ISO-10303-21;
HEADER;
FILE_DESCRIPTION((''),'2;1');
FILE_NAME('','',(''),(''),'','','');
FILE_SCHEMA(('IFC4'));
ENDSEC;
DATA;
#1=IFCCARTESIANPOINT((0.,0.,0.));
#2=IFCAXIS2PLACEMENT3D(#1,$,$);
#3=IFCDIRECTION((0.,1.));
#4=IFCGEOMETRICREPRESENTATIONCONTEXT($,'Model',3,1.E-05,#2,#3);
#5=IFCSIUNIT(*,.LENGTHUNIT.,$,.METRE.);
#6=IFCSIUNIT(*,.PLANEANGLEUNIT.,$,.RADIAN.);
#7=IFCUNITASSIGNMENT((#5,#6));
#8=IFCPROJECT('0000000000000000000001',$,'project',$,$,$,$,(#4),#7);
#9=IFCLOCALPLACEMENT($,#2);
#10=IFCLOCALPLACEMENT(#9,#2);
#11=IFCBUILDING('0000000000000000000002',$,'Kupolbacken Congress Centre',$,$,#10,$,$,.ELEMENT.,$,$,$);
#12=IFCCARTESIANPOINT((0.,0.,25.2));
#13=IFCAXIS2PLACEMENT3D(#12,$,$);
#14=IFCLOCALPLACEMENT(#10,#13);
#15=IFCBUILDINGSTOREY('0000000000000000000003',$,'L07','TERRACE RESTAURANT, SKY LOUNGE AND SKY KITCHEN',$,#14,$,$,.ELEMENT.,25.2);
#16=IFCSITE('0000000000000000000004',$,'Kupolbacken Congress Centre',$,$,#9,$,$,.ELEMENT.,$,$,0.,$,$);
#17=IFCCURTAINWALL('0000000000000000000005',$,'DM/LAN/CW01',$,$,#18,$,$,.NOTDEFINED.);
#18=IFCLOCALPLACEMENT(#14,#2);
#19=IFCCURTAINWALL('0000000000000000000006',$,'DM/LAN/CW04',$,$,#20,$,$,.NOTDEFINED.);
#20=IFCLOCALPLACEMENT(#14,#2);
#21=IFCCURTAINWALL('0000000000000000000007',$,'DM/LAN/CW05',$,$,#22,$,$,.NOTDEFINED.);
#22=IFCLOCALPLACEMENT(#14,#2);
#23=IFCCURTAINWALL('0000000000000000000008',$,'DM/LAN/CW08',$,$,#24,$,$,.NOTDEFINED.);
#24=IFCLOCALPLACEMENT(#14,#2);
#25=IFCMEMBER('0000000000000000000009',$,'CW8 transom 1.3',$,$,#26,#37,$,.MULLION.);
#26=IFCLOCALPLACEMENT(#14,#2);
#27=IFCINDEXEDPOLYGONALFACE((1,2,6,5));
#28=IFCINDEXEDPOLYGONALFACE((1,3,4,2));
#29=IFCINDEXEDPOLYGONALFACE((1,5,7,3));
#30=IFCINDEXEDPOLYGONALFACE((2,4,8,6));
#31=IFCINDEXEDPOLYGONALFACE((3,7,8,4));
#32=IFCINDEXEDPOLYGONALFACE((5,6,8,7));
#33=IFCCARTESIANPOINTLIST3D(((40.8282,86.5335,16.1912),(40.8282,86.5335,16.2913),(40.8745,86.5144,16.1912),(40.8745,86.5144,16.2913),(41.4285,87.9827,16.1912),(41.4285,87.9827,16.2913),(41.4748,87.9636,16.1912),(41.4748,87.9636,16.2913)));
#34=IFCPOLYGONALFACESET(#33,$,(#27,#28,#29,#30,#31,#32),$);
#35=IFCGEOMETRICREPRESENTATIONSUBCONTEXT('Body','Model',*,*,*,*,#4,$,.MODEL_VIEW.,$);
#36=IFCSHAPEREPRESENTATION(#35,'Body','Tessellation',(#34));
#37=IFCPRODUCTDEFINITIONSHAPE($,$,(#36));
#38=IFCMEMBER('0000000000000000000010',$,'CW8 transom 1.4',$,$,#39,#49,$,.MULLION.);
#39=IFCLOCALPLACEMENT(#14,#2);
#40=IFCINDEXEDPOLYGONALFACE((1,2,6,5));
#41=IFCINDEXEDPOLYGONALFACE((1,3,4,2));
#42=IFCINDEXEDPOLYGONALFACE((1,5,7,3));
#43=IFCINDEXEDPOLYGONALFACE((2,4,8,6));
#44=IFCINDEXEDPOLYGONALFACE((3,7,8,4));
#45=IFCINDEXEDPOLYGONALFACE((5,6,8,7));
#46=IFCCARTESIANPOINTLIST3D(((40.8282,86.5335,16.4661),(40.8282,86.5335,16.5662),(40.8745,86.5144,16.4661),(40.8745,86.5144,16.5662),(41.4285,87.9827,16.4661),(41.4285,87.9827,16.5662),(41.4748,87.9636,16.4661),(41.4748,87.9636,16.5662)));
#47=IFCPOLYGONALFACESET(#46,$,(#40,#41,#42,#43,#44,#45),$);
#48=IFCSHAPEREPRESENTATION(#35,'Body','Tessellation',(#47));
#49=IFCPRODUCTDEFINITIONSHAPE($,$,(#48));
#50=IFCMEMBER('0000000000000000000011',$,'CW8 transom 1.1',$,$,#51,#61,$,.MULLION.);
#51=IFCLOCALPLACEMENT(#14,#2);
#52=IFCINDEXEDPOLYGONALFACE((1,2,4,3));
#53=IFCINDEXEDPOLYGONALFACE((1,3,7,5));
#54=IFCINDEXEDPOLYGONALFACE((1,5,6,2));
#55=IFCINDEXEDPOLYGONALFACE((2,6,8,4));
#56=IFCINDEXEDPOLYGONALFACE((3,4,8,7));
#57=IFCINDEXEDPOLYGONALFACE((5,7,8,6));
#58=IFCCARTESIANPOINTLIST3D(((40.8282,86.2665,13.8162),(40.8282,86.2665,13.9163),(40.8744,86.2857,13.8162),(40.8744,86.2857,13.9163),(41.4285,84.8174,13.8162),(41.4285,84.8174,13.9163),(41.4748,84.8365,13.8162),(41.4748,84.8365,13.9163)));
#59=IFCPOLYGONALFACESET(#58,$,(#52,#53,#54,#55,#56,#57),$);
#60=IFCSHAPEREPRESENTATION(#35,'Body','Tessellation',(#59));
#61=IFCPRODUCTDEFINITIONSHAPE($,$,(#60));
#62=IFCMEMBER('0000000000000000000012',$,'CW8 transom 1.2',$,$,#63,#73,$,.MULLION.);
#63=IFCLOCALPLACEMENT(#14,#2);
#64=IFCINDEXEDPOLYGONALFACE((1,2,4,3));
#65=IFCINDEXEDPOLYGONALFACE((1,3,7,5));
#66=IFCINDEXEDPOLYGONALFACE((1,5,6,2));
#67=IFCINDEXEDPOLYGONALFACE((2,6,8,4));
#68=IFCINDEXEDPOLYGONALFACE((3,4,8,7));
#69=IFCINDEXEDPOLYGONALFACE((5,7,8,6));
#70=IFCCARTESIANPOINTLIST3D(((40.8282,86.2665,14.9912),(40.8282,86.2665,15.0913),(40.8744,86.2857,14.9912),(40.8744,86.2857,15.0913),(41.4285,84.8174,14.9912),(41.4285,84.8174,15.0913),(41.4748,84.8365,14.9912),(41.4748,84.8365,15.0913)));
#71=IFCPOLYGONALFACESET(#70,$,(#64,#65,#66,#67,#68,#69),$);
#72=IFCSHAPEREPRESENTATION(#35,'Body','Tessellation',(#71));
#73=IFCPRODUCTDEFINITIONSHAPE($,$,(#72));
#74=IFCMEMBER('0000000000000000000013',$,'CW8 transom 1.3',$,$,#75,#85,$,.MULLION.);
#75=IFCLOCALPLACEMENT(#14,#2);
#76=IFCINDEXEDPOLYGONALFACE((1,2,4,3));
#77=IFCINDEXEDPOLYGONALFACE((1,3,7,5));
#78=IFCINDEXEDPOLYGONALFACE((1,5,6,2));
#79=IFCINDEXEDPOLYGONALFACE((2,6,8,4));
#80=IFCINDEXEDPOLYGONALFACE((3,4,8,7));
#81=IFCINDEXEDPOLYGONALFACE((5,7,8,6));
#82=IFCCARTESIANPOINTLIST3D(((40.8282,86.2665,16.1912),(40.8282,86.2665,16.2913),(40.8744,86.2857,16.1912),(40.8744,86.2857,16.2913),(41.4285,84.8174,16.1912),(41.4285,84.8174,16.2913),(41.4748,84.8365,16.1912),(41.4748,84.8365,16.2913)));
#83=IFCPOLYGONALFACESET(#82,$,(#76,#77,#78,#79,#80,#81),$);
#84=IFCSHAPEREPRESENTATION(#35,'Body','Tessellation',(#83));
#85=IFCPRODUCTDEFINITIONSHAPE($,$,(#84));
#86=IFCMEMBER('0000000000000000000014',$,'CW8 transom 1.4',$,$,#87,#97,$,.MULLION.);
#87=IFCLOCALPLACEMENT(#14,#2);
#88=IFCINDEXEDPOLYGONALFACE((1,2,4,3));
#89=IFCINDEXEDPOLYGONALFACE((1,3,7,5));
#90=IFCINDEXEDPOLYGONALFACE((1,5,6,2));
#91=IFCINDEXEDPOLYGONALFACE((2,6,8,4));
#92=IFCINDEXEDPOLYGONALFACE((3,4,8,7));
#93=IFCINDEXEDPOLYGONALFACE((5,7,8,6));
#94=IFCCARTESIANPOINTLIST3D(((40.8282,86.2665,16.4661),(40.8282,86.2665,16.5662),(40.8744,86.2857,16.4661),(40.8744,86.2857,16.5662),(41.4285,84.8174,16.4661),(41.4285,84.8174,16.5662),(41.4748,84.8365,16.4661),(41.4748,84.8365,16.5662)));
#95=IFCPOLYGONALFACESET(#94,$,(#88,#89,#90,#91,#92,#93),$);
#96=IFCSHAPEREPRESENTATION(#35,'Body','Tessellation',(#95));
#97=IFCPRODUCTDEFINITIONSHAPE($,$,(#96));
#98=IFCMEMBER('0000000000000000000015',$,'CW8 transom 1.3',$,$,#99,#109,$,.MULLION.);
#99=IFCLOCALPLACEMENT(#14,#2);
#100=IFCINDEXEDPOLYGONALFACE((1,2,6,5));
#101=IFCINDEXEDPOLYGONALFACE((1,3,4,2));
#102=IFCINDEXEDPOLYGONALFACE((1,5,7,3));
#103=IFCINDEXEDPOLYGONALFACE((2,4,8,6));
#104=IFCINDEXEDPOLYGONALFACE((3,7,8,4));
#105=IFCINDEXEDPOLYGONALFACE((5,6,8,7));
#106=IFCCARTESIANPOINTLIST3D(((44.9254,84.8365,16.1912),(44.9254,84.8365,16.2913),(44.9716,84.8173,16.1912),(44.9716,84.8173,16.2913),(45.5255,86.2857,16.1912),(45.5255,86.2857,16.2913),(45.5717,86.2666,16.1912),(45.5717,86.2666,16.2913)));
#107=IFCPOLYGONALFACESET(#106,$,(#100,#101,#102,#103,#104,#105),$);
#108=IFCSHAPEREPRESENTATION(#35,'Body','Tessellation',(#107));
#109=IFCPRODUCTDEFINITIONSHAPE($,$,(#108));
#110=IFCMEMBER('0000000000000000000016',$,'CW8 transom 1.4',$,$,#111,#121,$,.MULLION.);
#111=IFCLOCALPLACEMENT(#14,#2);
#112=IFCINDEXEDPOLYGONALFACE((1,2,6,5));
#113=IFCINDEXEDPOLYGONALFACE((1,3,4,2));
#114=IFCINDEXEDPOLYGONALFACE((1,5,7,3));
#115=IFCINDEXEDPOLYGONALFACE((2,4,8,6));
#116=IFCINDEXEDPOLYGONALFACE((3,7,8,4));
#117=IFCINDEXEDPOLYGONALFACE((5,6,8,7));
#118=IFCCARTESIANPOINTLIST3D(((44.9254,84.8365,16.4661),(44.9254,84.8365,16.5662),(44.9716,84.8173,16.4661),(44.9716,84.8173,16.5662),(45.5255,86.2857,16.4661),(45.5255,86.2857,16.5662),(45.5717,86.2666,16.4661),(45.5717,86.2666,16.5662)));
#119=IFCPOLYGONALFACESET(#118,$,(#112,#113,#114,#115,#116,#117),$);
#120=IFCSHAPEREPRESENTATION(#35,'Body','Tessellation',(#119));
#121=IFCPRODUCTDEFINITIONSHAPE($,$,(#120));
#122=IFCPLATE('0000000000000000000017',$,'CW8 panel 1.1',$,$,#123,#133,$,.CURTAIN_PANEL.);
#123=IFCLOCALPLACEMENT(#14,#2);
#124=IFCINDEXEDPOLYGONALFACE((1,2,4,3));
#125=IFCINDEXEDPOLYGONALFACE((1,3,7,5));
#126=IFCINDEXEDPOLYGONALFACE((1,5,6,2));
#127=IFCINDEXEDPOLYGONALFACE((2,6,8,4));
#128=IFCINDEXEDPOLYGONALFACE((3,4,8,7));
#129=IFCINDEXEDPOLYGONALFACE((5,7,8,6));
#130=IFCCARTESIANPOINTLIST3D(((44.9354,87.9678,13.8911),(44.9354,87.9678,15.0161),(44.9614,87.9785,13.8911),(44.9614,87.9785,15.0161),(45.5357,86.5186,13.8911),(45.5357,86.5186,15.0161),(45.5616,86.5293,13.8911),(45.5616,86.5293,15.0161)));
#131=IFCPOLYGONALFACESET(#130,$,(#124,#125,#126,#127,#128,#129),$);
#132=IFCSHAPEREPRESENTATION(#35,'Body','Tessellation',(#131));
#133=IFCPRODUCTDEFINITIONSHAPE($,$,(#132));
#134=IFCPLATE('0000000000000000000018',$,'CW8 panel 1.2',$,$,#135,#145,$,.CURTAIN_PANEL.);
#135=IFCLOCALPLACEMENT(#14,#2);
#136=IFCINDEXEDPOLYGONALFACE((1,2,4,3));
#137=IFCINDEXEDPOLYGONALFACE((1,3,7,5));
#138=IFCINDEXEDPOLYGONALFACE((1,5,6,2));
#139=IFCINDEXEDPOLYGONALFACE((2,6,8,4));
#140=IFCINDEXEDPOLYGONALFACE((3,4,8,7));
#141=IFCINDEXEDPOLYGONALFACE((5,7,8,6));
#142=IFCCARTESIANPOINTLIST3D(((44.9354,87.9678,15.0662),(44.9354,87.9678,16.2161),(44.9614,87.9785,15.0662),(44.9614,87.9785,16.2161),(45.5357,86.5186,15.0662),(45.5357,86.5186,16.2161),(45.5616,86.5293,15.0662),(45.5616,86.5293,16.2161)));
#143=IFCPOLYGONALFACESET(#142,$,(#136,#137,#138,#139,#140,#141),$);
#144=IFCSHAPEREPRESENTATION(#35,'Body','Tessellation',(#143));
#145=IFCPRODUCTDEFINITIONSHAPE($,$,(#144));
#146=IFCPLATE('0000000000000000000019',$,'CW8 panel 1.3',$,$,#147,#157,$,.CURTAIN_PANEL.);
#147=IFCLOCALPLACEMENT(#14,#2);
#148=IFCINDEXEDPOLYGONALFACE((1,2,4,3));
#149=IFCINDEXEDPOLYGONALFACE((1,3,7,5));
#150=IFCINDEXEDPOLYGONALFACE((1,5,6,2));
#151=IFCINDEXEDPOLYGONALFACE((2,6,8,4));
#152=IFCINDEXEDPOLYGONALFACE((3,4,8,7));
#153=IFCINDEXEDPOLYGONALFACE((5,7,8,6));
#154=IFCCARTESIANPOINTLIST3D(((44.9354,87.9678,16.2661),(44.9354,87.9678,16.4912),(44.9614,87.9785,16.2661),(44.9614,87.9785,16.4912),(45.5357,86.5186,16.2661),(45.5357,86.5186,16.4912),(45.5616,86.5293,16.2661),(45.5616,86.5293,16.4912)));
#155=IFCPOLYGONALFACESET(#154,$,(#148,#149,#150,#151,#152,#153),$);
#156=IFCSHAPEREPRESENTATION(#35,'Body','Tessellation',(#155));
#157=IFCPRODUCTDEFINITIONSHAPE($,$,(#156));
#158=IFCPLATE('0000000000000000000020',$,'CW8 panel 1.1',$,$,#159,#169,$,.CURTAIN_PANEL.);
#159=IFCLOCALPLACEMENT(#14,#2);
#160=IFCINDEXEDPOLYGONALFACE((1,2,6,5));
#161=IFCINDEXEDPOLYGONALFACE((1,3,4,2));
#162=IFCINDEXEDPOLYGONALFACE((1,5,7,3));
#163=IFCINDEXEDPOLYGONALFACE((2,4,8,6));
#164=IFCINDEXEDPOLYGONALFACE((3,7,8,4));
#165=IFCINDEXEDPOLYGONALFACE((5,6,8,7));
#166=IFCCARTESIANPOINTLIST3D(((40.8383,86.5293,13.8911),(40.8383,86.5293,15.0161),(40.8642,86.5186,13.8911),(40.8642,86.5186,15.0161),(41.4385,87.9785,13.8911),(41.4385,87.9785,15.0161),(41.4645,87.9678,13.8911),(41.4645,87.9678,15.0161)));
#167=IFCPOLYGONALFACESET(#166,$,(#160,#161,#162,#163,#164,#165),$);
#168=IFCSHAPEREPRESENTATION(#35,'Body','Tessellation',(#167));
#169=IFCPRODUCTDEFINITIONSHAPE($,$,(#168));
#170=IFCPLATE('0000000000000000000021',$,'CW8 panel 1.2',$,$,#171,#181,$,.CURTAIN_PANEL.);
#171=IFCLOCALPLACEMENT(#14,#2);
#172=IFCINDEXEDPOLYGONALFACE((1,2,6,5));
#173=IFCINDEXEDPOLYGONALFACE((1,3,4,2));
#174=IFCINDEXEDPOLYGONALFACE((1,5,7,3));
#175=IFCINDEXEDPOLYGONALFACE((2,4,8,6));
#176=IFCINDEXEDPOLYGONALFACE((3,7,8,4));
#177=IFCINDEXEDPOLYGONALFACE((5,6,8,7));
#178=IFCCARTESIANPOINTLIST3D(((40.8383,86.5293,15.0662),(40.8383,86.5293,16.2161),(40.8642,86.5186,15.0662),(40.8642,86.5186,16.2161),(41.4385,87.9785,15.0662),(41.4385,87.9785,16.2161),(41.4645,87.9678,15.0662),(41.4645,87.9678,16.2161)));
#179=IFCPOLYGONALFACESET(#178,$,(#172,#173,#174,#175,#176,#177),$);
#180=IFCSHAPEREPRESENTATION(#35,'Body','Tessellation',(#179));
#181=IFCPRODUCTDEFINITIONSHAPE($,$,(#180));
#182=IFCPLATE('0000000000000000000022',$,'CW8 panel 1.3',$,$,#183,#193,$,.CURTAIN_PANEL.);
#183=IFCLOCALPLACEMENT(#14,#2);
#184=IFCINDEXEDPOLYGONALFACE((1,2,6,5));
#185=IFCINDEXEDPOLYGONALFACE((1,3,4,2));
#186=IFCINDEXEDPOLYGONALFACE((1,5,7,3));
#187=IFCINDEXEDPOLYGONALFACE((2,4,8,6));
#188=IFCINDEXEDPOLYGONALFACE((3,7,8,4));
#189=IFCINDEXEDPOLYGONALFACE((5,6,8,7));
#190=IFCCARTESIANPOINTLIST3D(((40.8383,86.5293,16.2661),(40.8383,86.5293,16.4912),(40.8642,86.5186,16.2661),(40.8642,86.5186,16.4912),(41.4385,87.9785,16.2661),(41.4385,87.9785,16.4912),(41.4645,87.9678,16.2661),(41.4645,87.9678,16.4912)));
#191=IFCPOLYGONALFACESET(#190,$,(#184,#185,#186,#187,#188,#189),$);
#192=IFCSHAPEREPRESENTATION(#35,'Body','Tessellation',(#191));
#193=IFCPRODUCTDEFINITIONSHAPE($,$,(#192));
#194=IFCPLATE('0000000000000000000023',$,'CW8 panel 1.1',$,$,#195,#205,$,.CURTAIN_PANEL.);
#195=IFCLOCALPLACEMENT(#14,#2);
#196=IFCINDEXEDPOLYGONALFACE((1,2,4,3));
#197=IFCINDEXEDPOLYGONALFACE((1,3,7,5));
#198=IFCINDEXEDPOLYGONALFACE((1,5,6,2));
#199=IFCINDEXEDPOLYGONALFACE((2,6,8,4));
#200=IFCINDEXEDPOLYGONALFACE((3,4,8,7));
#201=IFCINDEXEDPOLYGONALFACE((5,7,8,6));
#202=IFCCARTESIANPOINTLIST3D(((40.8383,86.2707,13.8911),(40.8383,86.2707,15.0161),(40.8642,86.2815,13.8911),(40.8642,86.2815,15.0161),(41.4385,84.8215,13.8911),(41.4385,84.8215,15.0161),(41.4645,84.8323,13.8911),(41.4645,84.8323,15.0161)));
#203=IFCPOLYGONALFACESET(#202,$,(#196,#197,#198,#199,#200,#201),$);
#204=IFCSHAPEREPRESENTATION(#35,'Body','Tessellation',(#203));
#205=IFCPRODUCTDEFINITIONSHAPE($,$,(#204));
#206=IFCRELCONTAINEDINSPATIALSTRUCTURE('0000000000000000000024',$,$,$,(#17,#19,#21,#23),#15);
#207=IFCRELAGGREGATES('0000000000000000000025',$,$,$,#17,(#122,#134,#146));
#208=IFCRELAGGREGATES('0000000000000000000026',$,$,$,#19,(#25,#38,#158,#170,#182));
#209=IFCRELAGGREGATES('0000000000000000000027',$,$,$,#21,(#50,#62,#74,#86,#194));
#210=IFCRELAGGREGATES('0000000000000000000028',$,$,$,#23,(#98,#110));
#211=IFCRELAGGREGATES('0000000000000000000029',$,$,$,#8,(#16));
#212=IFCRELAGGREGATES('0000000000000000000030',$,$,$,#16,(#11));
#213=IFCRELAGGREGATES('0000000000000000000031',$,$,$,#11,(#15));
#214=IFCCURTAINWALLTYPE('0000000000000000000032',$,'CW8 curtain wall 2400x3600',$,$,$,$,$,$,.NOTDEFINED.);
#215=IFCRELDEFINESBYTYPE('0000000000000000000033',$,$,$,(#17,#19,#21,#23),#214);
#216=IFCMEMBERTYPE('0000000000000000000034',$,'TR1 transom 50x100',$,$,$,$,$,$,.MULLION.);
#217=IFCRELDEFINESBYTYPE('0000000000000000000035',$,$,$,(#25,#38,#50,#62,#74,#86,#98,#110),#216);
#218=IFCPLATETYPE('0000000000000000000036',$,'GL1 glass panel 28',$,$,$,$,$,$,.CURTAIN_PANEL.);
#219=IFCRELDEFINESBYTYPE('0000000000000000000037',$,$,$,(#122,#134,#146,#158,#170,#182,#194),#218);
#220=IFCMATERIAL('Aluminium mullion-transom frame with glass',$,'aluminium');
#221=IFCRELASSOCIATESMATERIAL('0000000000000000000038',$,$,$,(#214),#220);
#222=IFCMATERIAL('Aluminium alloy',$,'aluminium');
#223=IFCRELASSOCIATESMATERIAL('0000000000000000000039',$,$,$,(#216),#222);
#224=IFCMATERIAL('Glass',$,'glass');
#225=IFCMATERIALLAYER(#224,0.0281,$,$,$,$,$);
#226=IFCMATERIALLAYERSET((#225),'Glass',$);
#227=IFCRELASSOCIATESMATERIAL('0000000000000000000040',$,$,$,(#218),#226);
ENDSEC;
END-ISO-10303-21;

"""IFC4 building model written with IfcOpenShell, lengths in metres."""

from ifc_helpers import new_model, si_unit, direction, frame, origin, origin_2d, place, context, subcontext, project, spatial, rectangle, extrude, material, layer, layer_set, material_profile, profile_set, type_object, element, aggregate, save


model = new_model("IFC4")

# Units and contexts
model_context = context("Model", 3, precision=1e-05, world=origin(), true_north=direction((0.0, 1.0)))
body_context = subcontext(model_context, "Body", "Model", "MODEL_VIEW")
ifc_project = project(units=[si_unit("LENGTHUNIT", "METRE"), si_unit("PLANEANGLEUNIT", "RADIAN")], contexts=[model_context])

# Site, building, storey
site_placement = place(None, origin())
site = spatial("IfcSite", under=ifc_project, at=site_placement, Name="Kupolbacken Congress Centre", CompositionType="ELEMENT", RefElevation=0.0)
building_placement = place(site_placement, origin())
building = spatial("IfcBuilding", under=site, at=building_placement, Name="Kupolbacken Congress Centre", CompositionType="ELEMENT")
storey_placement = place(building_placement, frame((0.0, 0.0, 25.2)))
storey = spatial("IfcBuildingStorey", under=building, at=storey_placement, Name="L07", Description="TERRACE RESTAURANT, SKY LOUNGE AND SKY KITCHEN", CompositionType="ELEMENT", Elevation=25.2)

# Curtain wall
ifc_material_1 = material(Name="Aluminium mullion-transom frame with glass", Category="aluminium")
curtain_wall_type = type_object("IfcCurtainWallType", Name="CW8 curtain wall 2400x3600", PredefinedType="NOTDEFINED", material=ifc_material_1)
curtain_wall_1_placement = place(storey_placement, origin())
curtain_wall_1 = element("IfcCurtainWall", 1, at=curtain_wall_1_placement, inside=storey, type_object=curtain_wall_type, Name="DM/LAN/CW01", PredefinedType="NOTDEFINED")

# Curtain wall
curtain_wall_2_placement = place(storey_placement, origin())
curtain_wall_2 = element("IfcCurtainWall", 2, at=curtain_wall_2_placement, inside=storey, type_object=curtain_wall_type, Name="DM/LAN/CW04", PredefinedType="NOTDEFINED")

# Curtain walls
curtain_wall_3_placement = place(storey_placement, origin())
curtain_wall_3 = element("IfcCurtainWall", 3, at=curtain_wall_3_placement, inside=storey, type_object=curtain_wall_type, Name="DM/LAN/CW05", PredefinedType="NOTDEFINED")
curtain_wall_4_placement = place(storey_placement, origin())
curtain_wall_4 = element("IfcCurtainWall", 4, at=curtain_wall_4_placement, inside=storey, type_object=curtain_wall_type, Name="DM/LAN/CW08", PredefinedType="NOTDEFINED")

# Members
ifc_material_2 = material(Name="Aluminium alloy", Category="aluminium")
ifc_material_profile_1 = material_profile(ifc_material_2, rectangle(XDim=0.05, YDim=0.1001, at=origin_2d()), Name="50 x 100")
ifc_profile_set_1 = profile_set([ifc_material_profile_1], Name="Aluminium alloy")
member_type_1 = type_object("IfcMemberType", Name="TR1 transom 50x100", PredefinedType="MULLION", material=ifc_profile_set_1)
member_1_placement = place(storey_placement, frame((41.4517, 87.9731, 16.2412), z_axis=(-0.382714, -0.923867, 0.0), x_axis=(0.923867, -0.382714, 0.0)))
member_1 = element("IfcMember", 5, at=member_1_placement, type_object=member_type_1, Name="CW8 transom 1.3", PredefinedType="MULLION", context=body_context, shape_type="SweptSolid", body=[
    extrude(rectangle(XDim=0.05, YDim=0.1001, at=origin_2d()), origin(), (0.0, 0.0, 1.0), 1.5686),
])
member_2_placement = place(storey_placement, frame((41.4517, 87.9731, 16.5161), z_axis=(-0.382714, -0.923867, 0.0), x_axis=(0.923867, -0.382714, 0.0)))
member_2 = element("IfcMember", 6, at=member_2_placement, type_object=member_type_1, Name="CW8 transom 1.4", PredefinedType="MULLION", context=body_context, shape_type="SweptSolid", body=[
    extrude(rectangle(XDim=0.05, YDim=0.1001, at=origin_2d()), origin(), (0.0, 0.0, 1.0), 1.5686),
])
member_3_placement = place(storey_placement, frame((40.8513, 86.2761, 13.8662), z_axis=(0.382714, -0.923867, 0.0), x_axis=(0.923867, 0.382714, 0.0)))
member_3 = element("IfcMember", 7, at=member_3_placement, type_object=member_type_1, Name="CW8 transom 1.1", PredefinedType="MULLION", context=body_context, shape_type="SweptSolid", body=[
    extrude(rectangle(XDim=0.05, YDim=0.1001, at=origin_2d()), origin(), (0.0, 0.0, 1.0), 1.5686),
])
member_4_placement = place(storey_placement, frame((40.8513, 86.2761, 15.0413), z_axis=(0.382714, -0.923867, 0.0), x_axis=(0.923867, 0.382714, 0.0)))
member_4 = element("IfcMember", 8, at=member_4_placement, type_object=member_type_1, Name="CW8 transom 1.2", PredefinedType="MULLION", context=body_context, shape_type="SweptSolid", body=[
    extrude(rectangle(XDim=0.05, YDim=0.1001, at=origin_2d()), origin(), (0.0, 0.0, 1.0), 1.5686),
])
member_5_placement = place(storey_placement, frame((40.8513, 86.2761, 16.2412), z_axis=(0.382714, -0.923867, 0.0), x_axis=(0.923867, 0.382714, 0.0)))
member_5 = element("IfcMember", 9, at=member_5_placement, type_object=member_type_1, Name="CW8 transom 1.3", PredefinedType="MULLION", context=body_context, shape_type="SweptSolid", body=[
    extrude(rectangle(XDim=0.05, YDim=0.1001, at=origin_2d()), origin(), (0.0, 0.0, 1.0), 1.5686),
])
member_6_placement = place(storey_placement, frame((40.8513, 86.2761, 16.5161), z_axis=(0.382714, -0.923867, 0.0), x_axis=(0.923867, 0.382714, 0.0)))
member_6 = element("IfcMember", 10, at=member_6_placement, type_object=member_type_1, Name="CW8 transom 1.4", PredefinedType="MULLION", context=body_context, shape_type="SweptSolid", body=[
    extrude(rectangle(XDim=0.05, YDim=0.1001, at=origin_2d()), origin(), (0.0, 0.0, 1.0), 1.5686),
])
member_7_placement = place(storey_placement, frame((44.9485, 84.8269, 16.2412), z_axis=(0.382581, 0.923922, 0.0), x_axis=(-0.923922, 0.382581, 0.0)))
member_7 = element("IfcMember", 11, at=member_7_placement, type_object=member_type_1, Name="CW8 transom 1.3", PredefinedType="MULLION", context=body_context, shape_type="SweptSolid", body=[
    extrude(rectangle(XDim=0.05, YDim=0.1001, at=origin_2d()), origin(), (0.0, 0.0, 1.0), 1.5686),
])
member_8_placement = place(storey_placement, frame((44.9485, 84.8269, 16.5161), z_axis=(0.382581, 0.923922, 0.0), x_axis=(-0.923922, 0.382581, 0.0)))
member_8 = element("IfcMember", 12, at=member_8_placement, type_object=member_type_1, Name="CW8 transom 1.4", PredefinedType="MULLION", context=body_context, shape_type="SweptSolid", body=[
    extrude(rectangle(XDim=0.05, YDim=0.1001, at=origin_2d()), origin(), (0.0, 0.0, 1.0), 1.5686),
])

# Plates
ifc_material_3 = material(Name="Glass", Category="glass")
ifc_layer = layer(ifc_material_3, 0.0281)
ifc_layer_set = layer_set([ifc_layer], Name="Glass")
plate_type = type_object("IfcPlateType", Name="GL1 glass panel 28", PredefinedType="CURTAIN_PANEL", material=ifc_layer_set)
plate_1_placement = place(storey_placement, frame((45.2485, 87.2485, 13.8911), z_axis=(0.0, 0.0, 1.0), x_axis=(-0.382683, 0.92388, 0.0)))
plate_1 = element("IfcPlate", 13, at=plate_1_placement, type_object=plate_type, Name="CW8 panel 1.1", PredefinedType="CURTAIN_PANEL", context=body_context, shape_type="SweptSolid", body=[
    extrude(rectangle(XDim=1.5686, YDim=0.0281, at=origin_2d()), origin(), (0.0, 0.0, 1.0), 1.125),
])
plate_2_placement = place(storey_placement, frame((45.2485, 87.2485, 15.0662), z_axis=(0.0, 0.0, 1.0), x_axis=(-0.382683, 0.92388, 0.0)))
plate_2 = element("IfcPlate", 14, at=plate_2_placement, type_object=plate_type, Name="CW8 panel 1.2", PredefinedType="CURTAIN_PANEL", context=body_context, shape_type="SweptSolid", body=[
    extrude(rectangle(XDim=1.5686, YDim=0.0281, at=origin_2d()), origin(), (0.0, 0.0, 1.0), 1.1499),
])
plate_3_placement = place(storey_placement, frame((45.2485, 87.2485, 16.2661), z_axis=(0.0, 0.0, 1.0), x_axis=(-0.382683, 0.92388, 0.0)))
plate_3 = element("IfcPlate", 15, at=plate_3_placement, type_object=plate_type, Name="CW8 panel 1.3", PredefinedType="CURTAIN_PANEL", context=body_context, shape_type="SweptSolid", body=[
    extrude(rectangle(XDim=1.5686, YDim=0.0281, at=origin_2d()), origin(), (0.0, 0.0, 1.0), 0.2251),
])
aggregate(curtain_wall_1, [plate_1, plate_2, plate_3])
plate_4_placement = place(storey_placement, frame((41.1514, 87.2485, 13.8911), z_axis=(0.0, 0.0, 1.0), x_axis=(-0.382683, -0.92388, 0.0)))
plate_4 = element("IfcPlate", 16, at=plate_4_placement, type_object=plate_type, Name="CW8 panel 1.1", PredefinedType="CURTAIN_PANEL", context=body_context, shape_type="SweptSolid", body=[
    extrude(rectangle(XDim=1.5686, YDim=0.0281, at=origin_2d()), origin(), (0.0, 0.0, 1.0), 1.125),
])
plate_5_placement = place(storey_placement, frame((41.1514, 87.2485, 15.0662), z_axis=(0.0, 0.0, 1.0), x_axis=(-0.382683, -0.92388, 0.0)))
plate_5 = element("IfcPlate", 17, at=plate_5_placement, type_object=plate_type, Name="CW8 panel 1.2", PredefinedType="CURTAIN_PANEL", context=body_context, shape_type="SweptSolid", body=[
    extrude(rectangle(XDim=1.5686, YDim=0.0281, at=origin_2d()), origin(), (0.0, 0.0, 1.0), 1.1499),
])
plate_6_placement = place(storey_placement, frame((41.1514, 87.2485, 16.2661), z_axis=(0.0, 0.0, 1.0), x_axis=(-0.382683, -0.92388, 0.0)))
plate_6 = element("IfcPlate", 18, at=plate_6_placement, type_object=plate_type, Name="CW8 panel 1.3", PredefinedType="CURTAIN_PANEL", context=body_context, shape_type="SweptSolid", body=[
    extrude(rectangle(XDim=1.5686, YDim=0.0281, at=origin_2d()), origin(), (0.0, 0.0, 1.0), 0.2251),
])
aggregate(curtain_wall_2, [member_1, member_2, plate_4, plate_5, plate_6])
plate_7_placement = place(storey_placement, frame((41.1514, 85.5515, 13.8911), z_axis=(0.0, 0.0, 1.0), x_axis=(0.382683, -0.92388, 0.0)))
plate_7 = element("IfcPlate", 19, at=plate_7_placement, type_object=plate_type, Name="CW8 panel 1.1", PredefinedType="CURTAIN_PANEL", context=body_context, shape_type="SweptSolid", body=[
    extrude(rectangle(XDim=1.5686, YDim=0.0281, at=origin_2d()), origin(), (0.0, 0.0, 1.0), 1.125),
])
aggregate(curtain_wall_3, [member_3, member_4, member_5, member_6, plate_7])
aggregate(curtain_wall_4, [member_7, member_8])

save(model, "model.ifc")
